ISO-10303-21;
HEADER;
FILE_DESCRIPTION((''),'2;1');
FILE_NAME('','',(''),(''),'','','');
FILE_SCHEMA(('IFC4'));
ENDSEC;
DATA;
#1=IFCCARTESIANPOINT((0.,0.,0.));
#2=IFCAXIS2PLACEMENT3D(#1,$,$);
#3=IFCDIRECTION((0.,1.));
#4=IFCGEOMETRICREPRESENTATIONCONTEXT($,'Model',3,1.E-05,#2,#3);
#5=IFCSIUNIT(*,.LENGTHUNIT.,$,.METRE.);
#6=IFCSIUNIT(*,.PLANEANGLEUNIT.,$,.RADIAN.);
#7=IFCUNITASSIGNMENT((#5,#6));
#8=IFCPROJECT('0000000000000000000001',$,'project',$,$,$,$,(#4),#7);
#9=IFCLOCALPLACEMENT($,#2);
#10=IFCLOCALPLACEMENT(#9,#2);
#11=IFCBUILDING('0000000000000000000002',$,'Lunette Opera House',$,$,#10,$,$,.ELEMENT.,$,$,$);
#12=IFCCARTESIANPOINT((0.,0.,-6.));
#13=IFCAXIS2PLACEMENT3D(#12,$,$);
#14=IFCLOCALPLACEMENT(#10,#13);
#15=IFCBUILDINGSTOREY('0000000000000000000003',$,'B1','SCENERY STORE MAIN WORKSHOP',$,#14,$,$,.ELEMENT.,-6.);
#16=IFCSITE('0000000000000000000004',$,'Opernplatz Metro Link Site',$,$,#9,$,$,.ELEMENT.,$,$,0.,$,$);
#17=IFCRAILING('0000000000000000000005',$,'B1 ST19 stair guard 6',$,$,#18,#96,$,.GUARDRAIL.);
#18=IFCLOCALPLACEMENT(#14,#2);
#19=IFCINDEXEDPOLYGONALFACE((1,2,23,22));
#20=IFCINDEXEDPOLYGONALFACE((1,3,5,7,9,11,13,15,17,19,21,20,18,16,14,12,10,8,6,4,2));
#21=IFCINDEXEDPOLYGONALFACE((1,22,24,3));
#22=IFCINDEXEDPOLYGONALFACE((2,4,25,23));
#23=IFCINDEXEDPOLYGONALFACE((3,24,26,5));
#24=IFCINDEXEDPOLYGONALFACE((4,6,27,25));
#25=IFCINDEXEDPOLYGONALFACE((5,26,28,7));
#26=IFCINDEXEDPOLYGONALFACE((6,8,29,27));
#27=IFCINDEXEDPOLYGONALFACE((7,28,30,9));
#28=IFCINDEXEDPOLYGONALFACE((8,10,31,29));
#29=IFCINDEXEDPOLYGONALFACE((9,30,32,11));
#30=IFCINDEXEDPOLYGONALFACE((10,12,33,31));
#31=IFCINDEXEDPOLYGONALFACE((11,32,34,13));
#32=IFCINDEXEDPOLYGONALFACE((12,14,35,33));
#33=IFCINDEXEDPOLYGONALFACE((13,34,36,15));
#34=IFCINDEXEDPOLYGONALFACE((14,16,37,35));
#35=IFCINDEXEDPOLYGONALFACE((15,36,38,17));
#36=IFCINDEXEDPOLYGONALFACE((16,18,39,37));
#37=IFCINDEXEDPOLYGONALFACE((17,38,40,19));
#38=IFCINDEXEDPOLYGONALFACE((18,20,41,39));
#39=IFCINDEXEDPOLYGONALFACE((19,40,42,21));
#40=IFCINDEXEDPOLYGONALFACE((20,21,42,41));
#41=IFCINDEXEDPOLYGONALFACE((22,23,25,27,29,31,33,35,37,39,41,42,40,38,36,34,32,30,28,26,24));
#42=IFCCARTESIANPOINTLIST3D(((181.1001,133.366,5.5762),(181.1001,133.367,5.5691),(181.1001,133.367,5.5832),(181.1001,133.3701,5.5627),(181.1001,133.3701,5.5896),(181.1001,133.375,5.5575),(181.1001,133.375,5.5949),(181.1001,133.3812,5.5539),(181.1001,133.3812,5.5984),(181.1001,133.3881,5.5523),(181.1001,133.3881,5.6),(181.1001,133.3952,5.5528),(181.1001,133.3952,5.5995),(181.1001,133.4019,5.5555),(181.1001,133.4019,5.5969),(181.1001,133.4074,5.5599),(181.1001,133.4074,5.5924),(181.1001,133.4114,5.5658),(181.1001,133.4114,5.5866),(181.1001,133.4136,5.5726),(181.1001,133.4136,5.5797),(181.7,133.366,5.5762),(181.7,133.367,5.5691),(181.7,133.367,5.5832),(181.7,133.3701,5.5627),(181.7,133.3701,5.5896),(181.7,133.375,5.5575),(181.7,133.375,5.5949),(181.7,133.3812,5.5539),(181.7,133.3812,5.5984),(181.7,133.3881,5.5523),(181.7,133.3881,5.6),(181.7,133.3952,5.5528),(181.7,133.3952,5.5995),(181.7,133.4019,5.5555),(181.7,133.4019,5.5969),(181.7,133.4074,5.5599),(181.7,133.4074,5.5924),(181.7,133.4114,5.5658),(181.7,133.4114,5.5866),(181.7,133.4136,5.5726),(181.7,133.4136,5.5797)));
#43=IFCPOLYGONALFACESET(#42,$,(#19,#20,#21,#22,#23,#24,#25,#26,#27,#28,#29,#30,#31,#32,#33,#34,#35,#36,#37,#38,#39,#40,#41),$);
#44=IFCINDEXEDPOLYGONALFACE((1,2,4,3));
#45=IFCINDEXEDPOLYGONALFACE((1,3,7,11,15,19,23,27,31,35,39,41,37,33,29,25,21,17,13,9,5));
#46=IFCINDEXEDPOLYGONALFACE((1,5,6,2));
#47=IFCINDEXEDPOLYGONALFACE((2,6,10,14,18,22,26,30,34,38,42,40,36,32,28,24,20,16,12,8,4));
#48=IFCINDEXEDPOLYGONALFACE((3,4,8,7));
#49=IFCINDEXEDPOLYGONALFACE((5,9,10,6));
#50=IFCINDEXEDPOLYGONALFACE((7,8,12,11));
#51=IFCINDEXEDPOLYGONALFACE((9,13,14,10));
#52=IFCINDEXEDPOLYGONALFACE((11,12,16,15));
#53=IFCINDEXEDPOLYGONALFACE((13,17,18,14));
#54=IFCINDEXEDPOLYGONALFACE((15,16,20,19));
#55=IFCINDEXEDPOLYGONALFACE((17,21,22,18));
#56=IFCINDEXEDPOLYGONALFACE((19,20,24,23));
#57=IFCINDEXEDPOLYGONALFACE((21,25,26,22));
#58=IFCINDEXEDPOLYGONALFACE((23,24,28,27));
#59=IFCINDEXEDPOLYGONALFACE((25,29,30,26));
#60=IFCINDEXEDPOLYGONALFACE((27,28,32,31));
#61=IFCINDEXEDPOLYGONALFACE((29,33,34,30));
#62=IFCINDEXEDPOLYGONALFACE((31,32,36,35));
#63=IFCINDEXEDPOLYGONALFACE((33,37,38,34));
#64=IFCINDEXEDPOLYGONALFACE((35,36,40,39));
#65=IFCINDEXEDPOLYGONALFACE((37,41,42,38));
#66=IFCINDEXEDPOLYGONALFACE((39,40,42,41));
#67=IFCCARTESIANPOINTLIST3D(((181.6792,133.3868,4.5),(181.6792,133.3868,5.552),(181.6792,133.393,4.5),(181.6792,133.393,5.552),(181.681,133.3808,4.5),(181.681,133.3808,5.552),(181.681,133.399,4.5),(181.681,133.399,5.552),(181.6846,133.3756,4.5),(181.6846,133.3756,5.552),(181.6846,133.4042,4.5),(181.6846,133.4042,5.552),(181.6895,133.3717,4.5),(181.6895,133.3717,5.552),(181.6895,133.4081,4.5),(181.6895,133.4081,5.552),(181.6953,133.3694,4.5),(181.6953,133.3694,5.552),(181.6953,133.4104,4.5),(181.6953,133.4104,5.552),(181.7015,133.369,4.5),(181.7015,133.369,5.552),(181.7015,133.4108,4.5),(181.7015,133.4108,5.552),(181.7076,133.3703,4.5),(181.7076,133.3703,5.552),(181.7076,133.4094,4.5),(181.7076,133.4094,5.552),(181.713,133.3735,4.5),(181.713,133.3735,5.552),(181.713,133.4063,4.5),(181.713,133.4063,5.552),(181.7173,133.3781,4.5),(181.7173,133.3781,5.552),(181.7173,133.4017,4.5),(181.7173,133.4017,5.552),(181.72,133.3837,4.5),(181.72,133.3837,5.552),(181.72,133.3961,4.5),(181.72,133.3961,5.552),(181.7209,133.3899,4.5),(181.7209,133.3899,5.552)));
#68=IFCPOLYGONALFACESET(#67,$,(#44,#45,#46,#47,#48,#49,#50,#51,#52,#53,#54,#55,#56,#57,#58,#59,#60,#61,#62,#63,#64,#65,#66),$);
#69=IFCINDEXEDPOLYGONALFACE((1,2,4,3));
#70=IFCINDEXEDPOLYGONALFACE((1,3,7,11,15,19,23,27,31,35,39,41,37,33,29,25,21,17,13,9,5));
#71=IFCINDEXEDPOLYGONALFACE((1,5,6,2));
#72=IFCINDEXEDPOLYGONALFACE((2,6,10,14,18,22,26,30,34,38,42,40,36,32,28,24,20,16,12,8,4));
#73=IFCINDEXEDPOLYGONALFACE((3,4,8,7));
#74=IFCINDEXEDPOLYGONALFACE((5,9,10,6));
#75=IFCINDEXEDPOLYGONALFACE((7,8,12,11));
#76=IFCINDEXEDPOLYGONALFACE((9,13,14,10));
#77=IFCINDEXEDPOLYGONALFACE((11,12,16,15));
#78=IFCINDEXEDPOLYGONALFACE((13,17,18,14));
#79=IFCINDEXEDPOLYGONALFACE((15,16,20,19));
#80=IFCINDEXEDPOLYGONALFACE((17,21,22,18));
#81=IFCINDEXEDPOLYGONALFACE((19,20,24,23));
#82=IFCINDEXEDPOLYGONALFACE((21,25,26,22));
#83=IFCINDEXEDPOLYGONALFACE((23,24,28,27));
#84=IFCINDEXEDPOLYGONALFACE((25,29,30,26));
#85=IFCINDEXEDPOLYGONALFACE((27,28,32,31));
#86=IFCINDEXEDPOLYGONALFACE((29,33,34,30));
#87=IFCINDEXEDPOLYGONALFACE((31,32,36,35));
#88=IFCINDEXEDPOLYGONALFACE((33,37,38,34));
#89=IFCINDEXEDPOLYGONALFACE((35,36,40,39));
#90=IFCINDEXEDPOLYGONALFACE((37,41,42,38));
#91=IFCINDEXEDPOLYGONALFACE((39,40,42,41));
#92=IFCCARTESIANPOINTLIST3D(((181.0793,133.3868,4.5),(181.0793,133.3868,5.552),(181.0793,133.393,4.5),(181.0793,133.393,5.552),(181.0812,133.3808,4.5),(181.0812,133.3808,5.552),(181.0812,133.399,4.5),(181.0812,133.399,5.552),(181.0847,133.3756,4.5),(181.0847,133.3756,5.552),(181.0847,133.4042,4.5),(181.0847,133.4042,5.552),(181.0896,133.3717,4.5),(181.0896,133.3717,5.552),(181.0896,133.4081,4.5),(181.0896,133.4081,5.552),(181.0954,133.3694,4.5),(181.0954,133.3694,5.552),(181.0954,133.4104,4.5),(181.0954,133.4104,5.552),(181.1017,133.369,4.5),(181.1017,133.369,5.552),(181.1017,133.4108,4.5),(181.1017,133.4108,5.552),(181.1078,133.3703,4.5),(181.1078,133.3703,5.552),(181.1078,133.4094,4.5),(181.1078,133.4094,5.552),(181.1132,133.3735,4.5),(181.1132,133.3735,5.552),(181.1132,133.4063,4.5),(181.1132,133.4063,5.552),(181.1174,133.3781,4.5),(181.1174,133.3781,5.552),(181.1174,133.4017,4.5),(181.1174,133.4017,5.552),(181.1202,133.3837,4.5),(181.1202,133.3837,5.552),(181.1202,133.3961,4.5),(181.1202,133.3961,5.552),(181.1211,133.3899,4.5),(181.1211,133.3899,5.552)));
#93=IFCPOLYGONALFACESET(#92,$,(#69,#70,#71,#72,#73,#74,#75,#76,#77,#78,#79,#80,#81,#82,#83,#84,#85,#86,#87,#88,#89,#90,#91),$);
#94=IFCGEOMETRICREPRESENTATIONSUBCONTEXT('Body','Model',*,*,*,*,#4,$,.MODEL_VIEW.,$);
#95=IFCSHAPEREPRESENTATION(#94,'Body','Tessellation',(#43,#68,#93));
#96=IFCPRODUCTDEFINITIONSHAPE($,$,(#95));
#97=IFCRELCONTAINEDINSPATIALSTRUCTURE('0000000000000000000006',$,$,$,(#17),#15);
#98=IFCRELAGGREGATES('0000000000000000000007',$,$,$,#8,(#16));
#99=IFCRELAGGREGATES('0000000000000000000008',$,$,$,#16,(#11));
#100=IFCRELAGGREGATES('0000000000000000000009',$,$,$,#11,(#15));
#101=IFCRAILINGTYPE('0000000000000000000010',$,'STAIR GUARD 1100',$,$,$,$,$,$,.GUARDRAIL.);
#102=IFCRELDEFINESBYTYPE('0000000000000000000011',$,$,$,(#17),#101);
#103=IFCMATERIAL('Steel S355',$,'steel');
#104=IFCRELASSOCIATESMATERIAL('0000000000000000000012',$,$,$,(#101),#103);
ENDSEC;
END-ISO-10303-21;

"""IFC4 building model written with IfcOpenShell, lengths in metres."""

from ifc_helpers import new_model, si_unit, direction, frame, origin, origin_2d, place, context, subcontext, project, spatial, circle, extrude, material, type_object, element, save


model = new_model("IFC4")

# Units and contexts
model_context = context("Model", 3, precision=1e-05, world=origin(), true_north=direction((0.0, 1.0)))
body_context = subcontext(model_context, "Body", "Model", "MODEL_VIEW")
ifc_project = project(units=[si_unit("LENGTHUNIT", "METRE"), si_unit("PLANEANGLEUNIT", "RADIAN")], contexts=[model_context])

# Site, building, storey
site_placement = place(None, origin())
site = spatial("IfcSite", under=ifc_project, at=site_placement, Name="Opernplatz Metro Link Site", CompositionType="ELEMENT", RefElevation=0.0)
building_placement = place(site_placement, origin())
building = spatial("IfcBuilding", under=site, at=building_placement, Name="Lunette Opera House", CompositionType="ELEMENT")
storey_placement = place(building_placement, frame((0.0, 0.0, -6.0)))
storey = spatial("IfcBuildingStorey", under=building, at=storey_placement, Name="B1", Description="SCENERY STORE MAIN WORKSHOP", CompositionType="ELEMENT", Elevation=-6.0)

# Railing
ifc_material_1 = material(Name="Steel S355", Category="steel")
railing_type_1 = type_object("IfcRailingType", Name="STAIR GUARD 1100", PredefinedType="GUARDRAIL", material=ifc_material_1)
railing_1_placement = place(storey_placement, frame((181.7, 133.3899, 4.5)))
element("IfcRailing", 1, at=railing_1_placement, inside=storey, type_object=railing_type_1, Name="B1 ST19 stair guard 6", PredefinedType="GUARDRAIL", context=body_context, shape_type="SweptSolid", body=[
    extrude(circle(Radius=0.0239, at=origin_2d()), frame((0.0, 0.0, 1.0762), z_axis=(-1.0, 0.0, 0.0), x_axis=(0.0, -1.0, 0.0)), (0.0, 0.0, 1.0), 0.5999),
    extrude(circle(Radius=0.021, at=origin_2d()), origin(), (0.0, 0.0, 1.0), 1.052),
    extrude(circle(Radius=0.021, at=origin_2d()), frame((-0.5999, 0.0, 0.0)), (0.0, 0.0, 1.0), 1.052),
])

save(model, "model.ifc")
